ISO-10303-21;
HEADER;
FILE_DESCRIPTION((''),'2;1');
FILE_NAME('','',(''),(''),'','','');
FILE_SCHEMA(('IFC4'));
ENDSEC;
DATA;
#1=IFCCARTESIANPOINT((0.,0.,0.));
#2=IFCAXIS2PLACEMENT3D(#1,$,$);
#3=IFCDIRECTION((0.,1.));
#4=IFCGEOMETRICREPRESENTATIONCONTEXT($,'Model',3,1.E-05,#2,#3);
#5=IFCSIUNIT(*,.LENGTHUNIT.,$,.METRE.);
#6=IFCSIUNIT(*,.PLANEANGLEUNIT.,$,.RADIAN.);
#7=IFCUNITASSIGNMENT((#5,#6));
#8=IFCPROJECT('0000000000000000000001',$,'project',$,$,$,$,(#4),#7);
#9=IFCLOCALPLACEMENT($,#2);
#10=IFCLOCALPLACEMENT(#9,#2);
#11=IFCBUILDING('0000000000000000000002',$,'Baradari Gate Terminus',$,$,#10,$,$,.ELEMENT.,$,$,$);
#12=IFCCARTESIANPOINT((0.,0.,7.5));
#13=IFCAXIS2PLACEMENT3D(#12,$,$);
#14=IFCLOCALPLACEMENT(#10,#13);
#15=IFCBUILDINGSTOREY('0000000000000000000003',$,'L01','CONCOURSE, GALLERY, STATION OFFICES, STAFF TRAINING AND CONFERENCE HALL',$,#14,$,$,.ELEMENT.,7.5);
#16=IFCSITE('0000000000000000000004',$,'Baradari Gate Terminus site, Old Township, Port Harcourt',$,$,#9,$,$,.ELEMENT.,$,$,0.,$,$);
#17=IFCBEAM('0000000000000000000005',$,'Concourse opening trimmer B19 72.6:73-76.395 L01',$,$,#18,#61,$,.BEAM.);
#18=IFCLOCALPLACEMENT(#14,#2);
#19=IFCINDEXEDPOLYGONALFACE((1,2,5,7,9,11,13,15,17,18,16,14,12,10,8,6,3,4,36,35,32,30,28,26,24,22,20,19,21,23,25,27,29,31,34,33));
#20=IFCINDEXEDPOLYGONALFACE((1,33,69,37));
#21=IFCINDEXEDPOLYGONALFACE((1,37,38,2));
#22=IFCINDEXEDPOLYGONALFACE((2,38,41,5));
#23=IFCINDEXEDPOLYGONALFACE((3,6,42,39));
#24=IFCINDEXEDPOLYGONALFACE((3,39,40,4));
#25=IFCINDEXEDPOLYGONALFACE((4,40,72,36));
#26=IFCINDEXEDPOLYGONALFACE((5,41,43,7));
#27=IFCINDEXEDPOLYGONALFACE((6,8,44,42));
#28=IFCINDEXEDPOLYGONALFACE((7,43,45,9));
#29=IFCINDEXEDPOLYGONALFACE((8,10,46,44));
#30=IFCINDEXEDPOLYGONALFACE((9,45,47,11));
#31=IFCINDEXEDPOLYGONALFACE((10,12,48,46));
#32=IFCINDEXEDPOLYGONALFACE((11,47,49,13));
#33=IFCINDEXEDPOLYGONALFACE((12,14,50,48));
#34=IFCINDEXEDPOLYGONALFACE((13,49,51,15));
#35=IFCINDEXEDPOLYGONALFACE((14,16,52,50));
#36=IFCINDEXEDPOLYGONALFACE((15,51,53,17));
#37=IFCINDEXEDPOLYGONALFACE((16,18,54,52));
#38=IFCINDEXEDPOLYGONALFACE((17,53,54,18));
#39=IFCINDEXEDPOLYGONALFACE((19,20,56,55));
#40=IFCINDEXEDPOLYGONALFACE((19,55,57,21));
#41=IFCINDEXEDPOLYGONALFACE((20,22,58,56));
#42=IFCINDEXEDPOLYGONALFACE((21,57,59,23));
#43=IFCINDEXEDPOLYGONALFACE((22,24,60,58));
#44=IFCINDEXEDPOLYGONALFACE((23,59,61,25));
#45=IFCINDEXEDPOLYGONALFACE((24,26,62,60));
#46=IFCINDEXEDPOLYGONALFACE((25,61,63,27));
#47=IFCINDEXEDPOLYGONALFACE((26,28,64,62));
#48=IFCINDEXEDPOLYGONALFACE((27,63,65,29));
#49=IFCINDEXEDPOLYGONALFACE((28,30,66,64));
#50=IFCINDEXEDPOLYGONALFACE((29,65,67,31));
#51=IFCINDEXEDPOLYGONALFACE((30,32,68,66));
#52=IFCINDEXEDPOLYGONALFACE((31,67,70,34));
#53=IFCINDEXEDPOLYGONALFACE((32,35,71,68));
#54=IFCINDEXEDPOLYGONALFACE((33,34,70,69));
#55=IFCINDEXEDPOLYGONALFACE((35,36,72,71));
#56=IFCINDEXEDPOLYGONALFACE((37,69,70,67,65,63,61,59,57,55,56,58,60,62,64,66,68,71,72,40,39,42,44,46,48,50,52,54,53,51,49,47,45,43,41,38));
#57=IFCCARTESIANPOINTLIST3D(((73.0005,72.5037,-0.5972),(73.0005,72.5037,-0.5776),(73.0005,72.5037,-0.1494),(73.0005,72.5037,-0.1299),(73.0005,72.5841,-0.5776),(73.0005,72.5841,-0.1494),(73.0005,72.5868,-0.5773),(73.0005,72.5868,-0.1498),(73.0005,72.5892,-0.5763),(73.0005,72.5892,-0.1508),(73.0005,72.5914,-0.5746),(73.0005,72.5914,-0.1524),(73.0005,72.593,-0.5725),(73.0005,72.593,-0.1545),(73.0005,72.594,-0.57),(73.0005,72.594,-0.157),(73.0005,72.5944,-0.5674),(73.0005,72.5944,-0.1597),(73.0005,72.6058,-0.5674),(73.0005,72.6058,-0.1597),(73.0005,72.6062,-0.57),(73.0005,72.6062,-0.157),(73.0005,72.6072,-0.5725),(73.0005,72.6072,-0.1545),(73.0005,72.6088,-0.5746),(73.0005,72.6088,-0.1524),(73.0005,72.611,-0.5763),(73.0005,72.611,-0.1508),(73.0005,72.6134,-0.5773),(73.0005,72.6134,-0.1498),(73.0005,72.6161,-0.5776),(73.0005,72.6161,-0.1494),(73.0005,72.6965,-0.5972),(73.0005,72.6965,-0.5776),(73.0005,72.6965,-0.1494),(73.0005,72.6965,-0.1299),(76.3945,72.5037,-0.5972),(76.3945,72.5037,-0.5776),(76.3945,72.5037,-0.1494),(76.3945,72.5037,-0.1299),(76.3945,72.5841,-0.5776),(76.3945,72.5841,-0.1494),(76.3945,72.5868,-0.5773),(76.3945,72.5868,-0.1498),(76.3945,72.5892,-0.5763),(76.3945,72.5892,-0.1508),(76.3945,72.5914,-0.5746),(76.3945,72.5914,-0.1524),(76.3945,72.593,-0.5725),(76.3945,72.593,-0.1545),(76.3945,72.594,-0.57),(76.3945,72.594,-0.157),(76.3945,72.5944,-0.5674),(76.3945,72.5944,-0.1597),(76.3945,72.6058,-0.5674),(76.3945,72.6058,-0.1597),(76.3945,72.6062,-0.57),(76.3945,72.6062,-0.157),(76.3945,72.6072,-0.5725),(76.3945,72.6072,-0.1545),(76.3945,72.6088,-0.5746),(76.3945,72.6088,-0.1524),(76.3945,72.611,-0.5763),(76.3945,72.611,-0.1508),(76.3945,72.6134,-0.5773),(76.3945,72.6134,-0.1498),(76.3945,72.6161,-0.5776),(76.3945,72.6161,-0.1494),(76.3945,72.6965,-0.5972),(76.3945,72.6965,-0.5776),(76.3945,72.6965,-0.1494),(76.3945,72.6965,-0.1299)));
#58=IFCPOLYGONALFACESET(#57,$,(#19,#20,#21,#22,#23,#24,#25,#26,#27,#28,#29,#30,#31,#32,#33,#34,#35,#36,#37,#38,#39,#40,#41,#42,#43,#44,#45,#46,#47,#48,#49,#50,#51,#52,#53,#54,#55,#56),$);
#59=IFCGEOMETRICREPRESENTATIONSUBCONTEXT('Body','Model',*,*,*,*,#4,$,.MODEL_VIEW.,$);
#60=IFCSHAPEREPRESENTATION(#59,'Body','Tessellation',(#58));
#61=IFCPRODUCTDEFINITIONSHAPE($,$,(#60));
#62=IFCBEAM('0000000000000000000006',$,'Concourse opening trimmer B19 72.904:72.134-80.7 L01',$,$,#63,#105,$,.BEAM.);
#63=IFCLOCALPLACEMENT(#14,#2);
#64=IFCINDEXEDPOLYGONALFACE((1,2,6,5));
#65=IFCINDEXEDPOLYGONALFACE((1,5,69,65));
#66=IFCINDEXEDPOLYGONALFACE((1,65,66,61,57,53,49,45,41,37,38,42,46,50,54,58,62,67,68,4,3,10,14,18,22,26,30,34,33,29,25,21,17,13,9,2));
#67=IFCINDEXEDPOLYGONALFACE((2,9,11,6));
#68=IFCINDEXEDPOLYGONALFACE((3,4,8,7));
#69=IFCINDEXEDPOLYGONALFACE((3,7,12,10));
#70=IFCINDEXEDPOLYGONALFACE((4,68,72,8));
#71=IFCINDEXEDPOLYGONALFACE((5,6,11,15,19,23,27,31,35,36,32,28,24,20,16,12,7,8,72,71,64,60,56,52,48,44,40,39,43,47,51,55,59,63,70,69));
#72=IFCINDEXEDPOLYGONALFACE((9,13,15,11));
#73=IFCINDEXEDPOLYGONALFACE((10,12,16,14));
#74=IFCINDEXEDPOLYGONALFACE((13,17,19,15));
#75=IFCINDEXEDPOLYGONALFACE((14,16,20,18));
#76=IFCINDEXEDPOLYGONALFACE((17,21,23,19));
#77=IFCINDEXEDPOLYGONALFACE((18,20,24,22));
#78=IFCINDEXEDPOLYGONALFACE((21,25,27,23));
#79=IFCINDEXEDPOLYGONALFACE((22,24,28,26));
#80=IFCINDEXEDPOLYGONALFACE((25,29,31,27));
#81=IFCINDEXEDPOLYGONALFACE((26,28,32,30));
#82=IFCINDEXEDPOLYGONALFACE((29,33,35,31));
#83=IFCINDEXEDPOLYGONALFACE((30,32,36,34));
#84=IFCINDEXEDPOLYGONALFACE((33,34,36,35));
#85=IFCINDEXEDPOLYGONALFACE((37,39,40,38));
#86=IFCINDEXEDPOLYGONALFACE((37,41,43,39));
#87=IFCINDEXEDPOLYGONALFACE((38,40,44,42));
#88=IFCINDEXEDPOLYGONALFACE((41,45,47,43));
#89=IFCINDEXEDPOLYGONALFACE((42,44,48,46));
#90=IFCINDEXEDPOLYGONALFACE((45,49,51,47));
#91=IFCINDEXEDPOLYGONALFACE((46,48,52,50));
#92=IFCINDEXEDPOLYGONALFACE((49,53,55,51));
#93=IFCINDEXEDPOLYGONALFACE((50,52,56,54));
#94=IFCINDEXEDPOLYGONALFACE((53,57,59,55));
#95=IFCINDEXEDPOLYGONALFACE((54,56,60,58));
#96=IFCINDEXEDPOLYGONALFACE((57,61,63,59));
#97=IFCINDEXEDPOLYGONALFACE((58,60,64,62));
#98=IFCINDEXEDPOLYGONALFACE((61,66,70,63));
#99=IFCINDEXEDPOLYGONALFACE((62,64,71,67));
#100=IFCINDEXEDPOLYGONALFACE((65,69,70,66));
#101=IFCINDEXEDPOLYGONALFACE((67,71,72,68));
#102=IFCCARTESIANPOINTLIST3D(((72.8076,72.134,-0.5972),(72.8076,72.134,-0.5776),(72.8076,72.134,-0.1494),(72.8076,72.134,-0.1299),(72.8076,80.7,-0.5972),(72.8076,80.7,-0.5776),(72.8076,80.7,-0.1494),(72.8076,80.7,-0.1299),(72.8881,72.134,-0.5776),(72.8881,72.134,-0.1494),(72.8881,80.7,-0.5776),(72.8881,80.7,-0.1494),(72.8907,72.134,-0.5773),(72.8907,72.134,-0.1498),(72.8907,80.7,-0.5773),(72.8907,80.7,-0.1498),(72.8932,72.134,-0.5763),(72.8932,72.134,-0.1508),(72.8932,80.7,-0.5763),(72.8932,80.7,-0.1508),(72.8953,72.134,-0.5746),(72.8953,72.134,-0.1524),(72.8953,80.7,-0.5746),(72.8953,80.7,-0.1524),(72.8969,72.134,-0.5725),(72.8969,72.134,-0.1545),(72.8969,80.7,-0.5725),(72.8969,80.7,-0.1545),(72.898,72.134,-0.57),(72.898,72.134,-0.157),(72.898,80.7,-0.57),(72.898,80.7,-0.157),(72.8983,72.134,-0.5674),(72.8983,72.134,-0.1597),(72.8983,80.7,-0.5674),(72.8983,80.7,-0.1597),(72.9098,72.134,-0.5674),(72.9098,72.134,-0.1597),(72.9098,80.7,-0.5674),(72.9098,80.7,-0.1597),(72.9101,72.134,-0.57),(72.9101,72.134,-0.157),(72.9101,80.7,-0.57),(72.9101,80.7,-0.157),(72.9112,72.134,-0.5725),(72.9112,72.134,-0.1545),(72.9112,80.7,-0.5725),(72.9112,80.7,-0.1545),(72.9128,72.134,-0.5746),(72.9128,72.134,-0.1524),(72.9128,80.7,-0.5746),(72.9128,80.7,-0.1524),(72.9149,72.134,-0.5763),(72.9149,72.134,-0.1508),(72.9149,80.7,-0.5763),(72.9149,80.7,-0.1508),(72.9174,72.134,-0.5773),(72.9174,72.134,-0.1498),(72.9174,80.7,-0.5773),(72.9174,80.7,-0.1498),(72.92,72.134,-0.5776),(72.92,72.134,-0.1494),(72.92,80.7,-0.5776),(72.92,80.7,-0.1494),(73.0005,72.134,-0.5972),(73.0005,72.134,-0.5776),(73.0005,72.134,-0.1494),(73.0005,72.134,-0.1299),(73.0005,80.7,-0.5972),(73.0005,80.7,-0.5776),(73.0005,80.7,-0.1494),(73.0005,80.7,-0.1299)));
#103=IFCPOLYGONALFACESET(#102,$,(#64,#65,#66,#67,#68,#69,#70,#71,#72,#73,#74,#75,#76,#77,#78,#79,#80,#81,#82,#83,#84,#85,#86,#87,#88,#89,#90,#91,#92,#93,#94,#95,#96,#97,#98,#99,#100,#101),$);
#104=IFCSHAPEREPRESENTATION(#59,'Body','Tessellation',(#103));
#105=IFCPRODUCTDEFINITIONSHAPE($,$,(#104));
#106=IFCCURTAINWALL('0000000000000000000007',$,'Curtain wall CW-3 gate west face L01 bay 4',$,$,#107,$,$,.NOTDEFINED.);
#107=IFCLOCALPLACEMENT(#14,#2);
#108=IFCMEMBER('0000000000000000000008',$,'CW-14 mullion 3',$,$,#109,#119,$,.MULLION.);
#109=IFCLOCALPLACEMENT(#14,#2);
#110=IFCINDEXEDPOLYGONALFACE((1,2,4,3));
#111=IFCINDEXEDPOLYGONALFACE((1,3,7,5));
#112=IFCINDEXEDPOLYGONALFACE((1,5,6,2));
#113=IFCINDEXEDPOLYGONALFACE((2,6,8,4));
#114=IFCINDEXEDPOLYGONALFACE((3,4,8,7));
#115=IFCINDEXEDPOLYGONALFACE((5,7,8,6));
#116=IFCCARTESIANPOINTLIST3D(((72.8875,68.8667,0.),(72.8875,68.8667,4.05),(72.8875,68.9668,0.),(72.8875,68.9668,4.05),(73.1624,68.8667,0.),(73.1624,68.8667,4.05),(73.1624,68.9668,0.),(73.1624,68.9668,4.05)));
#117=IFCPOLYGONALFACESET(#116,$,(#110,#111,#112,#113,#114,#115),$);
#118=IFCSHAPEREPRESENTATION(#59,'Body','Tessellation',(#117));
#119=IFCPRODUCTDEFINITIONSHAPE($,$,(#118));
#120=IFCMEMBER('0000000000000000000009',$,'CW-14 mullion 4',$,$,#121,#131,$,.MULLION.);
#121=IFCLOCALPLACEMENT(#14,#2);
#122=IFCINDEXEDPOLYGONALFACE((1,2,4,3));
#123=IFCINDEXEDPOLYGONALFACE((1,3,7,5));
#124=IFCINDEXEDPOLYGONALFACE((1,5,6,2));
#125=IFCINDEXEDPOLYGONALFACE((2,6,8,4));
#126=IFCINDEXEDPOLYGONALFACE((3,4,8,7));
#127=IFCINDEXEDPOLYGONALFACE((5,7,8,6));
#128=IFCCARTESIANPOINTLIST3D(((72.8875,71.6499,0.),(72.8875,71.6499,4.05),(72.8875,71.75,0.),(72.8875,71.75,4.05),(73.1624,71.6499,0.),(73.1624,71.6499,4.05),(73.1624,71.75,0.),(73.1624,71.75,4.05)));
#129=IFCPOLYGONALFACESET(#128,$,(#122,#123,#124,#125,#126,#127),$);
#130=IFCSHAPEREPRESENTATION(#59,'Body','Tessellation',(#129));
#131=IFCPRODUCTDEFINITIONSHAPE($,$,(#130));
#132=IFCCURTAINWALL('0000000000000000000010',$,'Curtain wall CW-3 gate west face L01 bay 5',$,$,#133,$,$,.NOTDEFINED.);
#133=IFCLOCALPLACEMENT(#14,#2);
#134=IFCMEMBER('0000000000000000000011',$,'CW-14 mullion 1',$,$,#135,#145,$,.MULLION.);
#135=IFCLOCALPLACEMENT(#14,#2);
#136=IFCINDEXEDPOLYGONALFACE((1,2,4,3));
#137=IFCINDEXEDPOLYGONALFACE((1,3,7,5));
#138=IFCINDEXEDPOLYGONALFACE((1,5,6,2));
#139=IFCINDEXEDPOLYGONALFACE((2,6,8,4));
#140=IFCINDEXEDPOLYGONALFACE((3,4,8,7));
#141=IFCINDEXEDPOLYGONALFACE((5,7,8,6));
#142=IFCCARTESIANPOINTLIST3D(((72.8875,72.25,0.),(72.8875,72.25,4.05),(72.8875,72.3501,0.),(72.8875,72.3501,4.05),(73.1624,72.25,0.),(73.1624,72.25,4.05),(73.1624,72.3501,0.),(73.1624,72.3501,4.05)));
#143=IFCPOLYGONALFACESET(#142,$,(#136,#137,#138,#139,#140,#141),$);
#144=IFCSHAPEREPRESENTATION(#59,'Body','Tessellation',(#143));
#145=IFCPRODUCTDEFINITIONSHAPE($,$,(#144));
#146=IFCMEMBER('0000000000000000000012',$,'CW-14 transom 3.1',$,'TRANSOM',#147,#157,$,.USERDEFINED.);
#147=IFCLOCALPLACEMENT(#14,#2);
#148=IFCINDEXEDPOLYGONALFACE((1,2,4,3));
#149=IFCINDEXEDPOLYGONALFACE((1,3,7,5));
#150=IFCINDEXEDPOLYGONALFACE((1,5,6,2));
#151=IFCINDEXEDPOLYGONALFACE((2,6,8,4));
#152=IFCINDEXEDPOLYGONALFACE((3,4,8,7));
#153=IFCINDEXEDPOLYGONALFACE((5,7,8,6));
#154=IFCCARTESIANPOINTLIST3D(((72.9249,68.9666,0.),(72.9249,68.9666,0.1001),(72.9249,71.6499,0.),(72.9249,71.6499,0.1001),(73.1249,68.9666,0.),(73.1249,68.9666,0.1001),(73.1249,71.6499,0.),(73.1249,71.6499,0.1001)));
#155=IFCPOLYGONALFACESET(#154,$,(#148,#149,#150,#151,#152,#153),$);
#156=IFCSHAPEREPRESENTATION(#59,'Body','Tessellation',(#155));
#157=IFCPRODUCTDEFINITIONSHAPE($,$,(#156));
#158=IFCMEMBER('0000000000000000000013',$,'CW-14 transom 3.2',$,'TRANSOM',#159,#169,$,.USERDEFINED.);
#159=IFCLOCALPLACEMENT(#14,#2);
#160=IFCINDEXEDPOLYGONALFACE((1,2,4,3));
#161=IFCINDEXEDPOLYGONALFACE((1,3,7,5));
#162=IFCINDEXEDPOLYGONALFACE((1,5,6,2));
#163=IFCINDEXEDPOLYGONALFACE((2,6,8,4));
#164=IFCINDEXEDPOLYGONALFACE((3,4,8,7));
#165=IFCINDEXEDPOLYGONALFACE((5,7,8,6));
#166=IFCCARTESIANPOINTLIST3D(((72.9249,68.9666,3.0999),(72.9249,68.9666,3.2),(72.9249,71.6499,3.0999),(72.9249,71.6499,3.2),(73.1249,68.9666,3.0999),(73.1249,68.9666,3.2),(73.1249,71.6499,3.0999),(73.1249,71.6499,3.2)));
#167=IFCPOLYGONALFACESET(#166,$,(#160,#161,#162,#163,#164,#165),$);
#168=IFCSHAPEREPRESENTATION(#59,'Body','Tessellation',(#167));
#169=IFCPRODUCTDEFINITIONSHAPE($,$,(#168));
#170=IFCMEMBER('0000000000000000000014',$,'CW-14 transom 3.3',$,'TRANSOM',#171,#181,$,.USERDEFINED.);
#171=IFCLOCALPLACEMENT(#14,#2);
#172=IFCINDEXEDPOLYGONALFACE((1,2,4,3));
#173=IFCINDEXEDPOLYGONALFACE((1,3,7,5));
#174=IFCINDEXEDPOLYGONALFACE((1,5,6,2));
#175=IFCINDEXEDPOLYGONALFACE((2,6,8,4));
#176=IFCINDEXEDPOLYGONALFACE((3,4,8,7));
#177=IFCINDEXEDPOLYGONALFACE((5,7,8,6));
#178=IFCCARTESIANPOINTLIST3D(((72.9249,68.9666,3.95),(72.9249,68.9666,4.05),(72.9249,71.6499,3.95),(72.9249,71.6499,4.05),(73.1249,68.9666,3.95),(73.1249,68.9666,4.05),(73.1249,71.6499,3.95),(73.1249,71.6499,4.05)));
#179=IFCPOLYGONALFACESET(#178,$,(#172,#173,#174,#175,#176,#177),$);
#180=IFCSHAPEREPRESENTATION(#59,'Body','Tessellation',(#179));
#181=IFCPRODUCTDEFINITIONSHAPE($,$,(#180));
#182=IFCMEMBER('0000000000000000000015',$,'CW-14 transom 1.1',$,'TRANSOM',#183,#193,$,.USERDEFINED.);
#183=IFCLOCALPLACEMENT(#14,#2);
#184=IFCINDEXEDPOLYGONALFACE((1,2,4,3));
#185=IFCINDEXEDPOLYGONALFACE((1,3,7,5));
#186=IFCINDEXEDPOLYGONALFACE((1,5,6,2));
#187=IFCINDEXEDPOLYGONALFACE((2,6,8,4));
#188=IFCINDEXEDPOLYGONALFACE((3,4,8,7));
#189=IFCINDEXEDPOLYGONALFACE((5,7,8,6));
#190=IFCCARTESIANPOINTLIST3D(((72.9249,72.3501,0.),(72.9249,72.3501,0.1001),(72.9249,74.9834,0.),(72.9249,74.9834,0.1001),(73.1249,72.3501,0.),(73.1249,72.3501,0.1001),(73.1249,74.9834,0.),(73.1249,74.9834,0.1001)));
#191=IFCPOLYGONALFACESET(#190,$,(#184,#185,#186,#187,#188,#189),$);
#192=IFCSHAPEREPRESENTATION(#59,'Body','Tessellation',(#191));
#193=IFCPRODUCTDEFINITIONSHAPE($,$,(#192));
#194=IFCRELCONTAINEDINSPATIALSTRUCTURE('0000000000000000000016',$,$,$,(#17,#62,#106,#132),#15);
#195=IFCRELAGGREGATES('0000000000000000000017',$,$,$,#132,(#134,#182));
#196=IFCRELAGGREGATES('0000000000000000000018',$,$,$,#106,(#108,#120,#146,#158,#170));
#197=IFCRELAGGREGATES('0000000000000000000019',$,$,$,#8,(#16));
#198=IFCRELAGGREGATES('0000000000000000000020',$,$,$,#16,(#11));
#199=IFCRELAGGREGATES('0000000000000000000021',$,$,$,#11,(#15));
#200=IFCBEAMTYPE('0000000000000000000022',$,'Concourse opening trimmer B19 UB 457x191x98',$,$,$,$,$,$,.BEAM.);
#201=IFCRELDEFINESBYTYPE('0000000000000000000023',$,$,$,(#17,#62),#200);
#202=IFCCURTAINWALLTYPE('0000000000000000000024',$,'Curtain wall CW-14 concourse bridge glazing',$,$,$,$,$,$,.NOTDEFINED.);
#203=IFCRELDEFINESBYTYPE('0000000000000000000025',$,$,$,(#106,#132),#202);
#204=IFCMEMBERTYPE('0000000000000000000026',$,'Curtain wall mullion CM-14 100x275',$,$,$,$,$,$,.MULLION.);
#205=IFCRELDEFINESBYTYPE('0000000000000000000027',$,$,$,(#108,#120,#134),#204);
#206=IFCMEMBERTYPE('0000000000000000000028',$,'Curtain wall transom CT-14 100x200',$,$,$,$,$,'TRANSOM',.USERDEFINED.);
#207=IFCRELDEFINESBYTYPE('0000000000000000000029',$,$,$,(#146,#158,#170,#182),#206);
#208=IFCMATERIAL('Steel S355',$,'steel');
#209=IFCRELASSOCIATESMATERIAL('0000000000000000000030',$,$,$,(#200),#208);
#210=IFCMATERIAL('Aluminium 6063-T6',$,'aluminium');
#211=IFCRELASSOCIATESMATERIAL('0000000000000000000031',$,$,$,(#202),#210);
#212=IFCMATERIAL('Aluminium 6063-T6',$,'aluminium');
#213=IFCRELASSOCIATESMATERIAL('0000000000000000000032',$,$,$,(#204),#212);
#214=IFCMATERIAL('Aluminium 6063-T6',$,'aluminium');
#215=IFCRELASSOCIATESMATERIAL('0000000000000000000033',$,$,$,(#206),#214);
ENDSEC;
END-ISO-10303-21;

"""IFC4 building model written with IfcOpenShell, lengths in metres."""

from ifc_helpers import new_model, si_unit, direction, frame, origin, origin_2d, place, context, subcontext, project, spatial, rectangle, i_section, extrude, material, material_profile, profile_set, type_object, element, aggregate, save


model = new_model("IFC4")

# Units and contexts
model_context = context("Model", 3, precision=1e-05, world=origin(), true_north=direction((0.0, 1.0)))
body_context = subcontext(model_context, "Body", "Model", "MODEL_VIEW")
ifc_project = project(units=[si_unit("LENGTHUNIT", "METRE"), si_unit("PLANEANGLEUNIT", "RADIAN")], contexts=[model_context])

# Site, building, storey
site_placement = place(None, origin())
site = spatial("IfcSite", under=ifc_project, at=site_placement, Name="Baradari Gate Terminus site, Old Township, Port Harcourt", CompositionType="ELEMENT", RefElevation=0.0)
building_placement = place(site_placement, origin())
building = spatial("IfcBuilding", under=site, at=building_placement, Name="Baradari Gate Terminus", CompositionType="ELEMENT")
storey_placement = place(building_placement, frame((0.0, 0.0, 7.5)))
storey = spatial("IfcBuildingStorey", under=building, at=storey_placement, Name="L01", Description="CONCOURSE, GALLERY, STATION OFFICES, STAFF TRAINING AND CONFERENCE HALL", CompositionType="ELEMENT", Elevation=7.5)

# Beams
ifc_material_1 = material(Name="Steel S355", Category="steel")
ifc_material_profile_1 = material_profile(ifc_material_1, i_section(OverallWidth=0.1929, OverallDepth=0.4673, WebThickness=0.0115, FlangeThickness=0.0195, FilletRadius=0.0103, at=origin_2d()), Name="UB 457x191x98")
ifc_profile_set_1 = profile_set([ifc_material_profile_1], Name="Steel S355")
beam_type_1 = type_object("IfcBeamType", Name="Concourse opening trimmer B19 UB 457x191x98", PredefinedType="BEAM", material=ifc_profile_set_1)
beam_1_placement = place(storey_placement, frame((73.0005, 72.6001, -0.3635), z_axis=(1.0, 0.0, 0.0), x_axis=(0.0, 1.0, 0.0)))
element("IfcBeam", 1, at=beam_1_placement, inside=storey, type_object=beam_type_1, Name="Concourse opening trimmer B19 72.6:73-76.395 L01", PredefinedType="BEAM", context=body_context, shape_type="SweptSolid", body=[
    extrude(i_section(OverallWidth=0.1929, OverallDepth=0.4673, WebThickness=0.0115, FlangeThickness=0.0195, FilletRadius=0.0103, at=origin_2d()), origin(), (0.0, 0.0, 1.0), 3.394),
])
beam_2_placement = place(storey_placement, frame((72.9041, 72.134, -0.3635), z_axis=(0.0, 1.0, 0.0), x_axis=(-1.0, 0.0, 0.0)))
element("IfcBeam", 2, at=beam_2_placement, inside=storey, type_object=beam_type_1, Name="Concourse opening trimmer B19 72.904:72.134-80.7 L01", PredefinedType="BEAM", context=body_context, shape_type="SweptSolid", body=[
    extrude(i_section(OverallWidth=0.1929, OverallDepth=0.4673, WebThickness=0.0115, FlangeThickness=0.0195, FilletRadius=0.0103, at=origin_2d()), origin(), (0.0, 0.0, 1.0), 8.5659),
])

# Curtain wall, members
ifc_material_2 = material(Name="Aluminium 6063-T6", Category="aluminium")
curtain_wall_type = type_object("IfcCurtainWallType", Name="Curtain wall CW-14 concourse bridge glazing", PredefinedType="NOTDEFINED", material=ifc_material_2)
curtain_wall_1_placement = place(storey_placement, origin())
curtain_wall_1 = element("IfcCurtainWall", 3, at=curtain_wall_1_placement, inside=storey, type_object=curtain_wall_type, Name="Curtain wall CW-3 gate west face L01 bay 4", PredefinedType="NOTDEFINED")
ifc_material_3 = material(Name="Aluminium 6063-T6", Category="aluminium")
ifc_material_profile_2 = material_profile(ifc_material_3, rectangle(XDim=0.2749, YDim=0.1001, at=origin_2d()), Name="CM-14 100X275")
ifc_profile_set_2 = profile_set([ifc_material_profile_2], Name="Aluminium 6063-T6")
member_type_1 = type_object("IfcMemberType", Name="Curtain wall mullion CM-14 100x275", PredefinedType="MULLION", material=ifc_profile_set_2)
member_1_placement = place(storey_placement, frame((73.0249, 68.9167, 0.0), z_axis=(0.0, 0.0, 1.0), x_axis=(-1.0, 0.0, 0.0)))
member_1 = element("IfcMember", 4, at=member_1_placement, type_object=member_type_1, Name="CW-14 mullion 3", PredefinedType="MULLION", context=body_context, shape_type="SweptSolid", body=[
    extrude(rectangle(XDim=0.2749, YDim=0.1001, at=origin_2d()), origin(), (0.0, 0.0, 1.0), 4.05),
])
member_2_placement = place(storey_placement, frame((73.0249, 71.7, 0.0), z_axis=(0.0, 0.0, 1.0), x_axis=(-1.0, 0.0, 0.0)))
member_2 = element("IfcMember", 5, at=member_2_placement, type_object=member_type_1, Name="CW-14 mullion 4", PredefinedType="MULLION", context=body_context, shape_type="SweptSolid", body=[
    extrude(rectangle(XDim=0.2749, YDim=0.1001, at=origin_2d()), origin(), (0.0, 0.0, 1.0), 4.05),
])

# Curtain wall, member
curtain_wall_2_placement = place(storey_placement, origin())
curtain_wall_2 = element("IfcCurtainWall", 6, at=curtain_wall_2_placement, inside=storey, type_object=curtain_wall_type, Name="Curtain wall CW-3 gate west face L01 bay 5", PredefinedType="NOTDEFINED")
member_3_placement = place(storey_placement, frame((73.0249, 72.3, 0.0), z_axis=(0.0, 0.0, 1.0), x_axis=(-1.0, 0.0, 0.0)))
member_3 = element("IfcMember", 7, at=member_3_placement, type_object=member_type_1, Name="CW-14 mullion 1", PredefinedType="MULLION", context=body_context, shape_type="SweptSolid", body=[
    extrude(rectangle(XDim=0.2749, YDim=0.1001, at=origin_2d()), origin(), (0.0, 0.0, 1.0), 4.05),
])

# Members
ifc_material_4 = material(Name="Aluminium 6063-T6", Category="aluminium")
ifc_material_profile_3 = material_profile(ifc_material_4, rectangle(XDim=0.2, YDim=0.1001, at=origin_2d()), Name="CT-14 100X200")
ifc_profile_set_3 = profile_set([ifc_material_profile_3], Name="Aluminium 6063-T6")
member_type_2 = type_object("IfcMemberType", Name="Curtain wall transom CT-14 100x200", ElementType="TRANSOM", PredefinedType="USERDEFINED", material=ifc_profile_set_3)
member_4_placement = place(storey_placement, frame((73.0249, 68.9666, 0.05), z_axis=(0.0, 1.0, 0.0), x_axis=(-1.0, 0.0, 0.0)))
member_4 = element("IfcMember", 8, at=member_4_placement, type_object=member_type_2, Name="CW-14 transom 3.1", ObjectType="TRANSOM", PredefinedType="USERDEFINED", context=body_context, shape_type="SweptSolid", body=[
    extrude(rectangle(XDim=0.2, YDim=0.1001, at=origin_2d()), origin(), (0.0, 0.0, 1.0), 2.6833),
])
member_5_placement = place(storey_placement, frame((73.0249, 68.9666, 3.1499), z_axis=(0.0, 1.0, 0.0), x_axis=(-1.0, 0.0, 0.0)))
member_5 = element("IfcMember", 9, at=member_5_placement, type_object=member_type_2, Name="CW-14 transom 3.2", ObjectType="TRANSOM", PredefinedType="USERDEFINED", context=body_context, shape_type="SweptSolid", body=[
    extrude(rectangle(XDim=0.2, YDim=0.1001, at=origin_2d()), origin(), (0.0, 0.0, 1.0), 2.6833),
])
member_6_placement = place(storey_placement, frame((73.0249, 68.9666, 4.0), z_axis=(0.0, 1.0, 0.0), x_axis=(-1.0, 0.0, 0.0)))
member_6 = element("IfcMember", 10, at=member_6_placement, type_object=member_type_2, Name="CW-14 transom 3.3", ObjectType="TRANSOM", PredefinedType="USERDEFINED", context=body_context, shape_type="SweptSolid", body=[
    extrude(rectangle(XDim=0.2, YDim=0.1001, at=origin_2d()), origin(), (0.0, 0.0, 1.0), 2.6833),
])
member_7_placement = place(storey_placement, frame((73.0249, 72.3501, 0.05), z_axis=(0.0, 1.0, 0.0), x_axis=(-1.0, 0.0, 0.0)))
member_7 = element("IfcMember", 11, at=member_7_placement, type_object=member_type_2, Name="CW-14 transom 1.1", ObjectType="TRANSOM", PredefinedType="USERDEFINED", context=body_context, shape_type="SweptSolid", body=[
    extrude(rectangle(XDim=0.2, YDim=0.1001, at=origin_2d()), origin(), (0.0, 0.0, 1.0), 2.6333),
])
aggregate(curtain_wall_2, [member_3, member_7])

aggregate(curtain_wall_1, [member_1, member_2, member_4, member_5, member_6])

save(model, "model.ifc")
